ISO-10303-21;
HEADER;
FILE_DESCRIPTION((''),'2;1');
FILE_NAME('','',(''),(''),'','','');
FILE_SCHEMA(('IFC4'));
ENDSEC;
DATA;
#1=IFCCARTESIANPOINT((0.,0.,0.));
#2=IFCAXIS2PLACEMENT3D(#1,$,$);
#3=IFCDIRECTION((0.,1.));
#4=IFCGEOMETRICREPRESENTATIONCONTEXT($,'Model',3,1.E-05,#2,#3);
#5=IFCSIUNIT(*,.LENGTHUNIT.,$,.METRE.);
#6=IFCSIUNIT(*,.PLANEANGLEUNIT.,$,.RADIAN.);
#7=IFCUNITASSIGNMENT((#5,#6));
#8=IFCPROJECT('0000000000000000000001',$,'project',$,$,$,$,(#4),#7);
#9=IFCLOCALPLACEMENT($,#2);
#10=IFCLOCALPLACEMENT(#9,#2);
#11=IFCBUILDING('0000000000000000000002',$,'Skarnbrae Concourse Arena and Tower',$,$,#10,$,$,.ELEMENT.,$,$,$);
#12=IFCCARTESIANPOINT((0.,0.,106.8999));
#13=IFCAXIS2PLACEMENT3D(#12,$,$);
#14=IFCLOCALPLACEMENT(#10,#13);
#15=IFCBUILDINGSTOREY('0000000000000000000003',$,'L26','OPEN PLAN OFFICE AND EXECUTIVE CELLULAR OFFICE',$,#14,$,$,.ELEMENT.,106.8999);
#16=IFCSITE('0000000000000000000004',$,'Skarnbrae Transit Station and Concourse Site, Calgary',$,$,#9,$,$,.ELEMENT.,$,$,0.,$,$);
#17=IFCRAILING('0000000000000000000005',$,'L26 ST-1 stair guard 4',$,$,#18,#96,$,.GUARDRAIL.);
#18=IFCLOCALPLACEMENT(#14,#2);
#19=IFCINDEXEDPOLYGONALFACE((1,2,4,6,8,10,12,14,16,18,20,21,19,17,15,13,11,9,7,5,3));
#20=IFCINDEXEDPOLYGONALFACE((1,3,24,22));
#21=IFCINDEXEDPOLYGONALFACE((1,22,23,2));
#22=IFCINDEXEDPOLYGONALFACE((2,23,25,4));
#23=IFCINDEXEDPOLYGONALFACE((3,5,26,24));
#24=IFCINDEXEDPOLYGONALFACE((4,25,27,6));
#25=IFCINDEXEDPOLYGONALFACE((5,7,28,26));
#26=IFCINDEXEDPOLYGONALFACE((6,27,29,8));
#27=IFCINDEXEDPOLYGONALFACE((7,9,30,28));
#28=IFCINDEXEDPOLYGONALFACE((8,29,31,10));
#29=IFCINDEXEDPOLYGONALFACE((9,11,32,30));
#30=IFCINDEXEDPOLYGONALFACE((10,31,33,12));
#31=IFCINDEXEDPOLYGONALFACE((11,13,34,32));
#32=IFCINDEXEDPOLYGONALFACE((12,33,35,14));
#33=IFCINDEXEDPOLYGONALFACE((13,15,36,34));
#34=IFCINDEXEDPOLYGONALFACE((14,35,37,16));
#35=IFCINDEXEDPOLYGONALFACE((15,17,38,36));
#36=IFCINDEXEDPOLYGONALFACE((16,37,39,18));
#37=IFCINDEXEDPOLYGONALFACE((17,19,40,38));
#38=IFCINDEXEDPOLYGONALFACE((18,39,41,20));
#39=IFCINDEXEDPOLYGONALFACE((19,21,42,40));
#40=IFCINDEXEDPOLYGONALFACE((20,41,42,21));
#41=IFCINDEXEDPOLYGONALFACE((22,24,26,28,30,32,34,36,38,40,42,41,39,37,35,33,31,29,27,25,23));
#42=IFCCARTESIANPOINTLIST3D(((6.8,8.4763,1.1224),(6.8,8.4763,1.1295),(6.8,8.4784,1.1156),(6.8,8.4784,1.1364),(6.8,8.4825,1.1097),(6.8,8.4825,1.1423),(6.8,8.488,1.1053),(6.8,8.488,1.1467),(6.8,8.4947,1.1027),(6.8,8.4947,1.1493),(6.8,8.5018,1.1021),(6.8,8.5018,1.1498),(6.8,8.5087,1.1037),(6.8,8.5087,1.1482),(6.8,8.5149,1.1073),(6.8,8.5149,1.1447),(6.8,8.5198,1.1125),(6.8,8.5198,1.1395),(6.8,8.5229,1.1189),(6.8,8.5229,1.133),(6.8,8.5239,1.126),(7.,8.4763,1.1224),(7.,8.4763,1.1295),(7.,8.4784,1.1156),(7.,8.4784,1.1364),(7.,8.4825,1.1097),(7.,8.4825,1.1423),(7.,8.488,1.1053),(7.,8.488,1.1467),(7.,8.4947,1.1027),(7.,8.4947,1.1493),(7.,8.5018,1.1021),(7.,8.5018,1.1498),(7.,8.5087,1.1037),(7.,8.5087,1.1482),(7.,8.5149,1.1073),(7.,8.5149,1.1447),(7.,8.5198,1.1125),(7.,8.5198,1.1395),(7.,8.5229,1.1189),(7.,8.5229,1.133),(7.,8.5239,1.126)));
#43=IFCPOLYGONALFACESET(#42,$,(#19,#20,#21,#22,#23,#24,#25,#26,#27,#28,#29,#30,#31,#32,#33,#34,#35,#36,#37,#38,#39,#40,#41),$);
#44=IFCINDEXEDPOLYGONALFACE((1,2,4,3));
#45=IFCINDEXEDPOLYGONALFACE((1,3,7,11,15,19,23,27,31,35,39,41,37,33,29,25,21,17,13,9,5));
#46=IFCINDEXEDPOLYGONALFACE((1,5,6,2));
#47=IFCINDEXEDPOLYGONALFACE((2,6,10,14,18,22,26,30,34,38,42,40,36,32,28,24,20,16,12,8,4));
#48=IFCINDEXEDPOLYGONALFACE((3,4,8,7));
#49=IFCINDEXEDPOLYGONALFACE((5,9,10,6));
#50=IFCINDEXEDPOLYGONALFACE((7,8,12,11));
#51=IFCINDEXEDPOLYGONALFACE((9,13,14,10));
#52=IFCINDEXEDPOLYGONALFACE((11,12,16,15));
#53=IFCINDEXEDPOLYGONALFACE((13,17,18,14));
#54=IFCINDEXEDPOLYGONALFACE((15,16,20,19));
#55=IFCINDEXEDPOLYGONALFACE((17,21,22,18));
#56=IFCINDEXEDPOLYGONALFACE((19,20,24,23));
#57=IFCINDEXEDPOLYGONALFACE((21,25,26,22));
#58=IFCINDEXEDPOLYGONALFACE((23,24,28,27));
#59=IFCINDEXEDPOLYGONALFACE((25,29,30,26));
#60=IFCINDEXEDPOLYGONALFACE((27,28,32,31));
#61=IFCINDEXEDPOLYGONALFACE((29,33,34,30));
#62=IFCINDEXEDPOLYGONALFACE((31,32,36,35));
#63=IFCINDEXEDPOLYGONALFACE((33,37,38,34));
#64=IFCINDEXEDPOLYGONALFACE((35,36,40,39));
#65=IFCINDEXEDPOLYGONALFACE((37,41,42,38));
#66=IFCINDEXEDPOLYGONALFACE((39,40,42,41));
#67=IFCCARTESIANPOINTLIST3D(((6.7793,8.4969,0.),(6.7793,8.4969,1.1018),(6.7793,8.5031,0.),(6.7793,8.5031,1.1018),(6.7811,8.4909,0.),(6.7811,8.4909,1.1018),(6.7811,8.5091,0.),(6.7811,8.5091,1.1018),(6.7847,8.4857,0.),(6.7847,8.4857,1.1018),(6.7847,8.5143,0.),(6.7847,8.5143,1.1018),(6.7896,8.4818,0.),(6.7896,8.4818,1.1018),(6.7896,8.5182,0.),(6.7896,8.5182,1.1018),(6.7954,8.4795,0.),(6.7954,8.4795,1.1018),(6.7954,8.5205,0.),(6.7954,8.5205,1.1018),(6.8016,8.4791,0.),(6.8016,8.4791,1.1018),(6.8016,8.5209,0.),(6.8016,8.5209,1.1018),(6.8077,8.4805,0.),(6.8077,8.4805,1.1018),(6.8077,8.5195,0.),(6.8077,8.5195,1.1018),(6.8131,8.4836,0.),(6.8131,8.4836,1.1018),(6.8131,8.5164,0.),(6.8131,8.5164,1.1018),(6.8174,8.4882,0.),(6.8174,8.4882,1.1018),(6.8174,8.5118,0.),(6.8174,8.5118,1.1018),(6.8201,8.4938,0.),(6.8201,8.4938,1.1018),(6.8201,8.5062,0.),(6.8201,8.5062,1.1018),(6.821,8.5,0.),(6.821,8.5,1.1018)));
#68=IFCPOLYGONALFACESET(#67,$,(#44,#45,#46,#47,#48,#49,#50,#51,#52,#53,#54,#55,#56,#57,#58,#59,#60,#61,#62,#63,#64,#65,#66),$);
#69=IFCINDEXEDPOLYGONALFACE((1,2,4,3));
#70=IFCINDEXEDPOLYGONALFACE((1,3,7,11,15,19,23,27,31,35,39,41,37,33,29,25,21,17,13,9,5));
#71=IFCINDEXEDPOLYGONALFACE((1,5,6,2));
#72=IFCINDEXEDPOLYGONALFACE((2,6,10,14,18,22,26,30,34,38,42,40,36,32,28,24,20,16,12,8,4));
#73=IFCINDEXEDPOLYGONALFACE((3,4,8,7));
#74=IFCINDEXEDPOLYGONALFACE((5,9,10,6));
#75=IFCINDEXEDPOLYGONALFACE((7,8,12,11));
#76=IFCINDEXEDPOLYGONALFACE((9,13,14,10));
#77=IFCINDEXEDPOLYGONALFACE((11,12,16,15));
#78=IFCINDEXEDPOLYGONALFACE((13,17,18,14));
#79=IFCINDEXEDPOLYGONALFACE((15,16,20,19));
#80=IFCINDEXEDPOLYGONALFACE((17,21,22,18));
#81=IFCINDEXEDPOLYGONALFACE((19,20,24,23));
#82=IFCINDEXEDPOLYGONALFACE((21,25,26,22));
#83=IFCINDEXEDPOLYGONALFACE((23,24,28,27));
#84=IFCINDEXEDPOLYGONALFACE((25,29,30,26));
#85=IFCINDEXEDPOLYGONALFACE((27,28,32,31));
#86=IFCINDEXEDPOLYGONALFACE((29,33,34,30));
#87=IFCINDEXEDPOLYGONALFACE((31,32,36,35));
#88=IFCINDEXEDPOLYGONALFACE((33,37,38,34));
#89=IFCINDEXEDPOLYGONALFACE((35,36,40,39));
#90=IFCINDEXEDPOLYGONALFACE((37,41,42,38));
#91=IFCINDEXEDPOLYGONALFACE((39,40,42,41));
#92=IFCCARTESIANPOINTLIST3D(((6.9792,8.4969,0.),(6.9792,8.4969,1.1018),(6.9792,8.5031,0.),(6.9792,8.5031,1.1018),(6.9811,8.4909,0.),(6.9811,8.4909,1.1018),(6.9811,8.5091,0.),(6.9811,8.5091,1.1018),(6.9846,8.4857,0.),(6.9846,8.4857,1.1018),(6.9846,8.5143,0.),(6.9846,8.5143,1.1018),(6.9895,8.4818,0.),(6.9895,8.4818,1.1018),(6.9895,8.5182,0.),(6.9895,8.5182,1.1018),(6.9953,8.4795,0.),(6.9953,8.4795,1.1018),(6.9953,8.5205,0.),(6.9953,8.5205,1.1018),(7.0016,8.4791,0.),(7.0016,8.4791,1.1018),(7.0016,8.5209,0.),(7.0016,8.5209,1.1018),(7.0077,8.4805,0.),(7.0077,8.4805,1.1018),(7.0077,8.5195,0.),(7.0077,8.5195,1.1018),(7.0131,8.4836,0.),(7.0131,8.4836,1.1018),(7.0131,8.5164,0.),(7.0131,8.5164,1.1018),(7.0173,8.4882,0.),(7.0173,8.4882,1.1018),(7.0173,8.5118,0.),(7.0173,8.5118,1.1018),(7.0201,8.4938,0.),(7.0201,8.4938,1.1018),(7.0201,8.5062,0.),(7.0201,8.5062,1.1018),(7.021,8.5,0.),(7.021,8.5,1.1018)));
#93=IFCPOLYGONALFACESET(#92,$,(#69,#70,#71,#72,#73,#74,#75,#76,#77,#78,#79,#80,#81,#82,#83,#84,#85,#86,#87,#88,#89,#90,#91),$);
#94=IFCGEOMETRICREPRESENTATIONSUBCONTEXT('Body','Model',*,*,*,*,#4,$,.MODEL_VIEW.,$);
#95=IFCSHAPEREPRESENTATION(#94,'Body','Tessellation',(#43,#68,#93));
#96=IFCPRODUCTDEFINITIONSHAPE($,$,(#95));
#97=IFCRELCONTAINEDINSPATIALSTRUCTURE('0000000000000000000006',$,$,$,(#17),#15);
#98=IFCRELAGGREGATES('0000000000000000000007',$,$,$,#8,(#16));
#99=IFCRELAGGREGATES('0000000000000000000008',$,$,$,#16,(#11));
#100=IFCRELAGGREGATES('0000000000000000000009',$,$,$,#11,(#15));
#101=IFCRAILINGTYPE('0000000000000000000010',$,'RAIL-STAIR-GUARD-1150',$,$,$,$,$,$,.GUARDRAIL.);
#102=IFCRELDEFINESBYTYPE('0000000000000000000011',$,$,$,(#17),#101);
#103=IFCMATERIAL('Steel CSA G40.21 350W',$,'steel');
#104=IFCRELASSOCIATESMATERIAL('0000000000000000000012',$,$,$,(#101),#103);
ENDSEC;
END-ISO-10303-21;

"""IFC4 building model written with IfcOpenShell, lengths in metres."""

from ifc_helpers import new_model, si_unit, direction, frame, origin, origin_2d, place, context, subcontext, project, spatial, circle, extrude, material, type_object, element, save


model = new_model("IFC4")

# Units and contexts
model_context = context("Model", 3, precision=1e-05, world=origin(), true_north=direction((0.0, 1.0)))
body_context = subcontext(model_context, "Body", "Model", "MODEL_VIEW")
ifc_project = project(units=[si_unit("LENGTHUNIT", "METRE"), si_unit("PLANEANGLEUNIT", "RADIAN")], contexts=[model_context])

# Site, building, storey
site_placement = place(None, origin())
site = spatial("IfcSite", under=ifc_project, at=site_placement, Name="Skarnbrae Transit Station and Concourse Site, Calgary", CompositionType="ELEMENT", RefElevation=0.0)
building_placement = place(site_placement, origin())
building = spatial("IfcBuilding", under=site, at=building_placement, Name="Skarnbrae Concourse Arena and Tower", CompositionType="ELEMENT")
storey_placement = place(building_placement, frame((0.0, 0.0, 106.8999)))
storey = spatial("IfcBuildingStorey", under=building, at=storey_placement, Name="L26", Description="OPEN PLAN OFFICE AND EXECUTIVE CELLULAR OFFICE", CompositionType="ELEMENT", Elevation=106.8999)

# Shared definitions
ifc_material_1 = material(Name="Steel CSA G40.21 350W", Category="steel")

# Railing
railing_type_1 = type_object("IfcRailingType", Name="RAIL-STAIR-GUARD-1150", PredefinedType="GUARDRAIL", material=ifc_material_1)
railing_1_placement = place(storey_placement, frame((6.8, 8.5, 0.0)))
element("IfcRailing", 1, at=railing_1_placement, inside=storey, type_object=railing_type_1, Name="L26 ST-1 stair guard 4", PredefinedType="GUARDRAIL", context=body_context, shape_type="SweptSolid", body=[
    extrude(circle(Radius=0.0239, at=origin_2d()), frame((0.0, 0.0, 1.126), z_axis=(1.0, 0.0, 0.0), x_axis=(0.0, 1.0, 0.0)), (0.0, 0.0, 1.0), 0.2),
    extrude(circle(Radius=0.021, at=origin_2d()), origin(), (0.0, 0.0, 1.0), 1.1018),
    extrude(circle(Radius=0.021, at=origin_2d()), frame((0.2, 0.0, 0.0)), (0.0, 0.0, 1.0), 1.1018),
])

save(model, "model.ifc")
